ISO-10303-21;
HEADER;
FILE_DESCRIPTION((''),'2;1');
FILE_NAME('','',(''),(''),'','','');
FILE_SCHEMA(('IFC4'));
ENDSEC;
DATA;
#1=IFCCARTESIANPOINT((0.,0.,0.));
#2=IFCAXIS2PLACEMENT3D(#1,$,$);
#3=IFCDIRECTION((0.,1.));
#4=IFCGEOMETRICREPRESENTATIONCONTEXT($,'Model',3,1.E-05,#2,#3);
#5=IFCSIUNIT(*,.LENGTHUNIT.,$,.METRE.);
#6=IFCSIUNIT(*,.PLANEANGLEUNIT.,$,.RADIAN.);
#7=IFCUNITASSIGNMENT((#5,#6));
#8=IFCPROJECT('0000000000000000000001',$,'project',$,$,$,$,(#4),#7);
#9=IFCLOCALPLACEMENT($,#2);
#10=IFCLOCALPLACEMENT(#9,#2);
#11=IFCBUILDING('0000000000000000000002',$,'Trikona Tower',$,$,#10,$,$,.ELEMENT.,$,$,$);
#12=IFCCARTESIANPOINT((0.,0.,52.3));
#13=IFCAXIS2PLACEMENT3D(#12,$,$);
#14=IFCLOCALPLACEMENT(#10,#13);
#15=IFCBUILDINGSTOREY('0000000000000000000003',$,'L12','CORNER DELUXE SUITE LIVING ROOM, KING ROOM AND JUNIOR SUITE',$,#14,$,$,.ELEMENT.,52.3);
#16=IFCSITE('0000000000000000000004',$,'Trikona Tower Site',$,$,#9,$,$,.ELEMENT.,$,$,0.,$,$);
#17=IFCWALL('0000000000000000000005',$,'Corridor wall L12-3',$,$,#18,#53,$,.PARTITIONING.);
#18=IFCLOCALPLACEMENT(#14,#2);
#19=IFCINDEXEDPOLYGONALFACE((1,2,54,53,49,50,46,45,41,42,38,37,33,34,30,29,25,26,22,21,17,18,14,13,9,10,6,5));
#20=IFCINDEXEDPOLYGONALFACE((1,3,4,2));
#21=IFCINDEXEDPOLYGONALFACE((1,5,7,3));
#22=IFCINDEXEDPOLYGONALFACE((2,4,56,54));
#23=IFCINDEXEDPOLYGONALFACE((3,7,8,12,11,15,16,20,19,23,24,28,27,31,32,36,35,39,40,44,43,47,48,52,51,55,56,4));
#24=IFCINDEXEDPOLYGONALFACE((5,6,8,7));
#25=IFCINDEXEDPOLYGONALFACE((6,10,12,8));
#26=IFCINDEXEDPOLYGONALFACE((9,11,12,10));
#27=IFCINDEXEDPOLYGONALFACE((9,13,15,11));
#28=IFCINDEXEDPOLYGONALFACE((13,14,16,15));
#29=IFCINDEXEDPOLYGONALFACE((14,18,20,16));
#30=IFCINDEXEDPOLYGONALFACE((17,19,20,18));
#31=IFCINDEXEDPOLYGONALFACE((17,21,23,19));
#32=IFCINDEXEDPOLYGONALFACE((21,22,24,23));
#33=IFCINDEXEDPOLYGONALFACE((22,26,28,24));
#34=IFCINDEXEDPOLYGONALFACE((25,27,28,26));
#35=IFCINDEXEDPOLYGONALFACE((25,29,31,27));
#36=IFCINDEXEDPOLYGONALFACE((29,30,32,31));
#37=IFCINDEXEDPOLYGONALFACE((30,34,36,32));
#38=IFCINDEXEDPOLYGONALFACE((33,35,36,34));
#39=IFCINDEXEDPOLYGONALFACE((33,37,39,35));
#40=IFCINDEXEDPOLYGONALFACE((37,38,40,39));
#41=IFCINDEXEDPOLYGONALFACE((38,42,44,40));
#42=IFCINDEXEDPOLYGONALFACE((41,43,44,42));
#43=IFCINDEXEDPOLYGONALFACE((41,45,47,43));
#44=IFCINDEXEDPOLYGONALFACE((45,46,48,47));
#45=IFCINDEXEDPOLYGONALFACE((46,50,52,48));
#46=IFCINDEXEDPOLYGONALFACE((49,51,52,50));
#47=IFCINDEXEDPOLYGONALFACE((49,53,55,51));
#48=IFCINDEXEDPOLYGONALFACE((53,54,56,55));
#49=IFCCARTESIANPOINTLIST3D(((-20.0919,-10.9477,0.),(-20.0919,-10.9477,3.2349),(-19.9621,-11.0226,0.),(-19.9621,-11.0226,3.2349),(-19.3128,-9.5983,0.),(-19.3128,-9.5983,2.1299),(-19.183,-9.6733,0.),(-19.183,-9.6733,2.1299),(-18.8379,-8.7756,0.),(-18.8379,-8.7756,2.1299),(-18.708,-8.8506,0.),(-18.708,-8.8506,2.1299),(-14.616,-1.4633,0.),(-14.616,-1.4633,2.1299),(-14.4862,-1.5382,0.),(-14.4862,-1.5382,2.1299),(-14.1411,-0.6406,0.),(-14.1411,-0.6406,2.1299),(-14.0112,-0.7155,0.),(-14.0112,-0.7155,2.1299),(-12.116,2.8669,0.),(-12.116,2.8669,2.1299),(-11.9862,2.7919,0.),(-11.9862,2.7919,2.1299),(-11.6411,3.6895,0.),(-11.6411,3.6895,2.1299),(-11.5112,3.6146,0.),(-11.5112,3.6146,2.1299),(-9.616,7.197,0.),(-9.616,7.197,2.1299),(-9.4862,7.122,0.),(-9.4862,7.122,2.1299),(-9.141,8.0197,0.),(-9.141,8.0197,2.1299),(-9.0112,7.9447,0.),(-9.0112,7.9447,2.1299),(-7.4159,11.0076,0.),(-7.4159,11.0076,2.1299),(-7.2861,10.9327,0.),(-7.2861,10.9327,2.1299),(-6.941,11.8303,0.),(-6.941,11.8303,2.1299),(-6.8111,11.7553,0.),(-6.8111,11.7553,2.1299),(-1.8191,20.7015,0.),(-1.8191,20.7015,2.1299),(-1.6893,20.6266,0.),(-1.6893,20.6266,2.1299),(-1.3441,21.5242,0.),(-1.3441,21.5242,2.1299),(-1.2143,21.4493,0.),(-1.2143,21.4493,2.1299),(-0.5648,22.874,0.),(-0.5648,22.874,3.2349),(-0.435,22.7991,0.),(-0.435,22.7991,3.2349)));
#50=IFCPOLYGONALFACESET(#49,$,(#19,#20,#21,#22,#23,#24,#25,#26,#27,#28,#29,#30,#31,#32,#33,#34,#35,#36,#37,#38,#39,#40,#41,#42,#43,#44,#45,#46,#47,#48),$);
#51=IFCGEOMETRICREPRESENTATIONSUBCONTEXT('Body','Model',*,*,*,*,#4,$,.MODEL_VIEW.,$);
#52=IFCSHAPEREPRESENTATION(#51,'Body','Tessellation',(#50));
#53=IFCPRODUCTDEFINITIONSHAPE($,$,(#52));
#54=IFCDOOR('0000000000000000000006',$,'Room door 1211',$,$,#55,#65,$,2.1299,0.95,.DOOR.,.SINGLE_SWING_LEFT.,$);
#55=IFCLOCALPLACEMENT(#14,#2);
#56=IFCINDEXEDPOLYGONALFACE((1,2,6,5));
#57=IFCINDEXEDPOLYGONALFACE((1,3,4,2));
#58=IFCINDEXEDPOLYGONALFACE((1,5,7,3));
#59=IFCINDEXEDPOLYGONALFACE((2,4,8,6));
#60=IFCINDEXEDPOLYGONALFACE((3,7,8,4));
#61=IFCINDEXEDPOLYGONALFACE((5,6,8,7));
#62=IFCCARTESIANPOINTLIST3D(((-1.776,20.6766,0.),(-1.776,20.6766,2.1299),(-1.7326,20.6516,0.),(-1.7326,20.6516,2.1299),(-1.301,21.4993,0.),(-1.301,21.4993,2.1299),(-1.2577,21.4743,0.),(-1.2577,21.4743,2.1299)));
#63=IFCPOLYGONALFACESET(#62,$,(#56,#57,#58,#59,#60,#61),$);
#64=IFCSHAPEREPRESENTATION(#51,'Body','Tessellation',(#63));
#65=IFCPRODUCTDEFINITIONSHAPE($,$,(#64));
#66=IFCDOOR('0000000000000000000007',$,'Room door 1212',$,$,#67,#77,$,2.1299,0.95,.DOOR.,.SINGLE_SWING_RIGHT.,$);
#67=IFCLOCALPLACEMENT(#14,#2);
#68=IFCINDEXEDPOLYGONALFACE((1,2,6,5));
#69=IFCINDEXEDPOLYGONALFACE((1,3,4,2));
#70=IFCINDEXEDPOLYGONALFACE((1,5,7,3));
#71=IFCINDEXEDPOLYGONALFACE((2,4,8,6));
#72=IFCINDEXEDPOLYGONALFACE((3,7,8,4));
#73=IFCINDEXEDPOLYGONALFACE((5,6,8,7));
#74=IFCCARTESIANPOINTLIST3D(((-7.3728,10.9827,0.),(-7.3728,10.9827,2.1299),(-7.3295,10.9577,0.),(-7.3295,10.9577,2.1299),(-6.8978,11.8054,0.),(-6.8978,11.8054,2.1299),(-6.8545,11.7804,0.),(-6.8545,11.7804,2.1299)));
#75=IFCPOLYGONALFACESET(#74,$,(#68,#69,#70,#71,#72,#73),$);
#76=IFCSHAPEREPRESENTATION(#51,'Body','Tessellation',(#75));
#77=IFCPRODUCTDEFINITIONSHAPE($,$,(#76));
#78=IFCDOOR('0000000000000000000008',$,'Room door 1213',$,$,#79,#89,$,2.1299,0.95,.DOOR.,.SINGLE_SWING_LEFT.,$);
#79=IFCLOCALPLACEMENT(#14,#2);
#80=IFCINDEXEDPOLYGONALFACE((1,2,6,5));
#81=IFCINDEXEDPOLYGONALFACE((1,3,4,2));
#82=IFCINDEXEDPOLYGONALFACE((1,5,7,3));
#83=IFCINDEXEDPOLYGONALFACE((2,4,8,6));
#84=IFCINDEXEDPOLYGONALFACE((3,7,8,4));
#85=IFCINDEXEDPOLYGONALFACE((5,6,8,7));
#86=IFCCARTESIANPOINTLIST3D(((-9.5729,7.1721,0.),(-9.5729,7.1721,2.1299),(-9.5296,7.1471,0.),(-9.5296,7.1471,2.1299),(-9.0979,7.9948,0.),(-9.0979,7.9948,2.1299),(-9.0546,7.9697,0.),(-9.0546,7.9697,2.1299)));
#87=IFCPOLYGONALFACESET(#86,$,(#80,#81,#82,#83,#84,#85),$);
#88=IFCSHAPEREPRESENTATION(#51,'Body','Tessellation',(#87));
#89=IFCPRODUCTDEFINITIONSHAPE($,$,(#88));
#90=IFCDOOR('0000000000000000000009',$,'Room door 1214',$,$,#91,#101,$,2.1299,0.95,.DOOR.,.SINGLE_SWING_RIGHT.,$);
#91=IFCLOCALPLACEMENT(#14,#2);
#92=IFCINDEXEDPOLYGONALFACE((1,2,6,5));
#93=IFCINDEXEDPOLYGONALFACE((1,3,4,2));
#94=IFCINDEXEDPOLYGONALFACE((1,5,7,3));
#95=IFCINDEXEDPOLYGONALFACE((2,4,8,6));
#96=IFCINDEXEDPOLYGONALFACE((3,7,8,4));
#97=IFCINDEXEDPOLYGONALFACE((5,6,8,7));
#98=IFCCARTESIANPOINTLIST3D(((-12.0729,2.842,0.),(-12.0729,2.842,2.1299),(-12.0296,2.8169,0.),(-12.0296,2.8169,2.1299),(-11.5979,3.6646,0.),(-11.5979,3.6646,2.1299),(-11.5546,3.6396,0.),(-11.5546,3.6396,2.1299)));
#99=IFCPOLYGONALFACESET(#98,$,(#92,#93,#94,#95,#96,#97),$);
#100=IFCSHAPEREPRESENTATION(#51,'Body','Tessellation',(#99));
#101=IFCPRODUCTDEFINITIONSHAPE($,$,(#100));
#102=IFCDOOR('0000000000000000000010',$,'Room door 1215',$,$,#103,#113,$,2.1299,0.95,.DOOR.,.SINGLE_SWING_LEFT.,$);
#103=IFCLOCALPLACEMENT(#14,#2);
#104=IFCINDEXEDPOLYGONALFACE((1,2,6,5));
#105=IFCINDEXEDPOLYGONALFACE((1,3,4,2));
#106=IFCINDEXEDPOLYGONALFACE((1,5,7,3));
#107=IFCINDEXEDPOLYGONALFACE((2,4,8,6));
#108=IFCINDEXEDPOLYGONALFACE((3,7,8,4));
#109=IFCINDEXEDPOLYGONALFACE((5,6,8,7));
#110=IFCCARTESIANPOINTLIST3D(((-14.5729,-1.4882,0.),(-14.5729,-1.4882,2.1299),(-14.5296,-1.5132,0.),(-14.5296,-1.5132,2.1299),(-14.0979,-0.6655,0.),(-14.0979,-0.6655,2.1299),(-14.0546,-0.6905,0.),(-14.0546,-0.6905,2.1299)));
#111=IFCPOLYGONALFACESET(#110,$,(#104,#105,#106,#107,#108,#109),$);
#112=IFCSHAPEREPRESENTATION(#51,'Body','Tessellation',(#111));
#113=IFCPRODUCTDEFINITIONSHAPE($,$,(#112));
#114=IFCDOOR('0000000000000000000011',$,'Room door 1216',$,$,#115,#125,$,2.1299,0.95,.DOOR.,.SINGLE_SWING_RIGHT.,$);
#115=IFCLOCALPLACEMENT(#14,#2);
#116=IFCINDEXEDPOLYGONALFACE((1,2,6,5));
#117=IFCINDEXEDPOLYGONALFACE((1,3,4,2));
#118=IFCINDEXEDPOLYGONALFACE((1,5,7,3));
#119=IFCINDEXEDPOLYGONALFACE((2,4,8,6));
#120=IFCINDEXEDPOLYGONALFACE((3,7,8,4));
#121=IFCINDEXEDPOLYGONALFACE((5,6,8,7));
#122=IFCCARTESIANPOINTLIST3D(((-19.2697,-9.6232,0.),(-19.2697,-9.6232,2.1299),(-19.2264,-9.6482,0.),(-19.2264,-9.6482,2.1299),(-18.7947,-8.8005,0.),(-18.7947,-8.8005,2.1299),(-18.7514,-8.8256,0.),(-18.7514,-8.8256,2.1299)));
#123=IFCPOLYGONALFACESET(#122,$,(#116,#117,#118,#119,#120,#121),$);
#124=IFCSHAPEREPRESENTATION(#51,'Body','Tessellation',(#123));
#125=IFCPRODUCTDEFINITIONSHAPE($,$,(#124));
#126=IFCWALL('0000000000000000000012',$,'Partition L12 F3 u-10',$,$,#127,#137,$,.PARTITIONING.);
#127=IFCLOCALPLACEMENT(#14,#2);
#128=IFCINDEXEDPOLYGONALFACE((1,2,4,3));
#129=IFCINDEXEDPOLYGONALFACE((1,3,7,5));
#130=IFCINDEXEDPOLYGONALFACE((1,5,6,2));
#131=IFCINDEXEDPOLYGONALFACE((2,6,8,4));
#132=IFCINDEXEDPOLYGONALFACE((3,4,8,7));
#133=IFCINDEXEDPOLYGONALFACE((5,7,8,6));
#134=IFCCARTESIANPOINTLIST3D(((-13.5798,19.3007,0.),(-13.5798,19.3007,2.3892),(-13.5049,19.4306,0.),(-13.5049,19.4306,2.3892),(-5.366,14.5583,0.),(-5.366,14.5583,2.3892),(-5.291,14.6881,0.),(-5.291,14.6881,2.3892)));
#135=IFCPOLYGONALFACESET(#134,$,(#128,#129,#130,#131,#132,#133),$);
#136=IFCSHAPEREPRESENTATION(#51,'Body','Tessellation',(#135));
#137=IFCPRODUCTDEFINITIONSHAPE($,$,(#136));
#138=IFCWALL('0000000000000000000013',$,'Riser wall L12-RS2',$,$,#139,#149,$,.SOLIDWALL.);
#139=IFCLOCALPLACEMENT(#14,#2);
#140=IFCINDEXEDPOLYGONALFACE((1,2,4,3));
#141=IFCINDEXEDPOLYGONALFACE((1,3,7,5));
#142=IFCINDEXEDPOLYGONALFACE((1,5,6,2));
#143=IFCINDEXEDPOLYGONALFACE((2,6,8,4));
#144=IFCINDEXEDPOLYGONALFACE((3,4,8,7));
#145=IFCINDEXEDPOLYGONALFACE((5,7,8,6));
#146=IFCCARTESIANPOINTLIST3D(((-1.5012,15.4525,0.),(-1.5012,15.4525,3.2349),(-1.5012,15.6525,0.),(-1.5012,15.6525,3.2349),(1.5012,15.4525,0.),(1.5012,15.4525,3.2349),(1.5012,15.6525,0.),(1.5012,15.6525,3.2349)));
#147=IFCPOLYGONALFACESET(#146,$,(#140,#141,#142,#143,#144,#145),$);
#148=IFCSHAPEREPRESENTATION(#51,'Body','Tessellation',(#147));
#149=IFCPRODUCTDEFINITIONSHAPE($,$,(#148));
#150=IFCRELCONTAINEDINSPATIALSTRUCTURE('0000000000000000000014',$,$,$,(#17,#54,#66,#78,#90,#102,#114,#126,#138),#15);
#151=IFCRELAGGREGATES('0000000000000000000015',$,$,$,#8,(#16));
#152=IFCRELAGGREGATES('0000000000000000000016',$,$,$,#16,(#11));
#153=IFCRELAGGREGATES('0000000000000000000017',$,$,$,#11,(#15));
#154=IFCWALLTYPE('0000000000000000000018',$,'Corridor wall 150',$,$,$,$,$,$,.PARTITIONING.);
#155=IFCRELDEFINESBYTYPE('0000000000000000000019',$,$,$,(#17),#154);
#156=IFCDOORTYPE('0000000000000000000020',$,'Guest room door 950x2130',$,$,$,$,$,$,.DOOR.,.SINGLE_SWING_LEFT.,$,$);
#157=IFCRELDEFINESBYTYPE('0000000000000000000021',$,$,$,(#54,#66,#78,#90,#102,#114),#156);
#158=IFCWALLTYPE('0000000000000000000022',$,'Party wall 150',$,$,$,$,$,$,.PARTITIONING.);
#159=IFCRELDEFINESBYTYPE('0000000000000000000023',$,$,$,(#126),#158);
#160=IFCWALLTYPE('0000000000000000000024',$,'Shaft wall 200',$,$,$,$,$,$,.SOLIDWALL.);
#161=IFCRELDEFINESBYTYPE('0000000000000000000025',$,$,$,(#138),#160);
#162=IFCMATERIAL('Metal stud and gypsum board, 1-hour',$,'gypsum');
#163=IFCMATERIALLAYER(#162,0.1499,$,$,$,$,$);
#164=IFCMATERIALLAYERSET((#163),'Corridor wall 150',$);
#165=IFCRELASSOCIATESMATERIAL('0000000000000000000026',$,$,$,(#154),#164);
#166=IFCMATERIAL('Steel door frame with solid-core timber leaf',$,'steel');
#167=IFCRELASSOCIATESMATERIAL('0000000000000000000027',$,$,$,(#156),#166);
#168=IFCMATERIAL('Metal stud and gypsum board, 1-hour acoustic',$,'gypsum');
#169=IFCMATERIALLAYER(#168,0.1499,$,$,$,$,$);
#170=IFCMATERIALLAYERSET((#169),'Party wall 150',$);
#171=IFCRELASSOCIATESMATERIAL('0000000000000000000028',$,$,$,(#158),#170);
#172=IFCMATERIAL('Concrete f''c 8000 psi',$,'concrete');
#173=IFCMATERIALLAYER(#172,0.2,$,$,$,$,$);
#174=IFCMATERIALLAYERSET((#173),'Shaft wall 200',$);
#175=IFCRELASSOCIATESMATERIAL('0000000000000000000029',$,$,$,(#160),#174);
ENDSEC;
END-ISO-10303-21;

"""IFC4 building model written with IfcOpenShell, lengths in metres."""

from ifc_helpers import new_model, si_unit, direction, frame, frame_2d, origin, place, context, subcontext, project, spatial, rectangle, extrude, material, layer, layer_set, type_object, element, fill, save


model = new_model("IFC4")

# Units and contexts
model_context = context("Model", 3, precision=1e-05, world=origin(), true_north=direction((0.0, 1.0)))
body_context = subcontext(model_context, "Body", "Model", "MODEL_VIEW")
ifc_project = project(units=[si_unit("LENGTHUNIT", "METRE"), si_unit("PLANEANGLEUNIT", "RADIAN")], contexts=[model_context])

# Site, building, storey
site_placement = place(None, origin())
site = spatial("IfcSite", under=ifc_project, at=site_placement, Name="Trikona Tower Site", CompositionType="ELEMENT", RefElevation=0.0)
building_placement = place(site_placement, origin())
building = spatial("IfcBuilding", under=site, at=building_placement, Name="Trikona Tower", CompositionType="ELEMENT")
storey_placement = place(building_placement, frame((0.0, 0.0, 52.3)))
storey = spatial("IfcBuildingStorey", under=building, at=storey_placement, Name="L12", Description="CORNER DELUXE SUITE LIVING ROOM, KING ROOM AND JUNIOR SUITE", CompositionType="ELEMENT", Elevation=52.3)

# Wall, openings, doors
ifc_material_1 = material(Name="Metal stud and gypsum board, 1-hour", Category="gypsum")
ifc_layer_1 = layer(ifc_material_1, 0.1499)
ifc_layer_set_1 = layer_set([ifc_layer_1], Name="Corridor wall 150")
wall_type_1 = type_object("IfcWallType", Name="Corridor wall 150", PredefinedType="PARTITIONING", material=ifc_layer_set_1)
wall_1_placement = place(storey_placement, frame((-0.5, 22.8364, 0.0), z_axis=(0.0, 0.0, 1.0), x_axis=(-0.500002, -0.866024, 0.0)))
wall_1 = element("IfcWall", 1, at=wall_1_placement, inside=storey, type_object=wall_type_1, Name="Corridor wall L12-3", PredefinedType="PARTITIONING", context=body_context, shape_type="SweptSolid", body=[
    extrude(rectangle(XDim=39.054, YDim=0.1499, at=frame_2d((19.5269, 0.0))), origin(), (0.0, 0.0, 1.0), 3.2349),
])
opening_1_placement = place(wall_1_placement, frame((1.5583, 0.0, 0.0)))
opening_1 = element("IfcOpeningElement", 2, at=opening_1_placement, cuts=wall_1, PredefinedType="OPENING", context=body_context, shape_type="SweptSolid", body=[
    extrude(rectangle(XDim=0.95, YDim=2.1299, at=frame_2d((0.4751, 1.0649))), frame((0.0, 0.085, 0.0), z_axis=(0.0, -1.0, 0.0), x_axis=(1.0, 0.0, 0.0)), (0.0, 0.0, 1.0), 0.1699),
])
opening_2_placement = place(wall_1_placement, frame((12.752, 0.0, 0.0)))
opening_2 = element("IfcOpeningElement", 3, at=opening_2_placement, cuts=wall_1, PredefinedType="OPENING", context=body_context, shape_type="SweptSolid", body=[
    extrude(rectangle(XDim=0.95, YDim=2.1299, at=frame_2d((0.4751, 1.0649))), frame((0.0, 0.085, 0.0), z_axis=(0.0, -1.0, 0.0), x_axis=(1.0, 0.0, 0.0)), (0.0, 0.0, 1.0), 0.1699),
])
opening_3_placement = place(wall_1_placement, frame((17.1521, 0.0, 0.0)))
opening_3 = element("IfcOpeningElement", 4, at=opening_3_placement, cuts=wall_1, PredefinedType="OPENING", context=body_context, shape_type="SweptSolid", body=[
    extrude(rectangle(XDim=0.95, YDim=2.1299, at=frame_2d((0.4751, 1.0649))), frame((0.0, 0.085, 0.0), z_axis=(0.0, -1.0, 0.0), x_axis=(1.0, 0.0, 0.0)), (0.0, 0.0, 1.0), 0.1699),
])
opening_4_placement = place(wall_1_placement, frame((22.1521, 0.0, 0.0)))
opening_4 = element("IfcOpeningElement", 5, at=opening_4_placement, cuts=wall_1, PredefinedType="OPENING", context=body_context, shape_type="SweptSolid", body=[
    extrude(rectangle(XDim=0.95, YDim=2.1299, at=frame_2d((0.4751, 1.0649))), frame((0.0, 0.085, 0.0), z_axis=(0.0, -1.0, 0.0), x_axis=(1.0, 0.0, 0.0)), (0.0, 0.0, 1.0), 0.1699),
])
opening_5_placement = place(wall_1_placement, frame((27.1521, 0.0, 0.0)))
opening_5 = element("IfcOpeningElement", 6, at=opening_5_placement, cuts=wall_1, PredefinedType="OPENING", context=body_context, shape_type="SweptSolid", body=[
    extrude(rectangle(XDim=0.95, YDim=2.1299, at=frame_2d((0.4751, 1.0649))), frame((0.0, 0.085, 0.0), z_axis=(0.0, -1.0, 0.0), x_axis=(1.0, 0.0, 0.0)), (0.0, 0.0, 1.0), 0.1699),
])
opening_6_placement = place(wall_1_placement, frame((36.5457, 0.0, 0.0)))
opening_6 = element("IfcOpeningElement", 7, at=opening_6_placement, cuts=wall_1, PredefinedType="OPENING", context=body_context, shape_type="SweptSolid", body=[
    extrude(rectangle(XDim=0.95, YDim=2.1299, at=frame_2d((0.4751, 1.0649))), frame((0.0, 0.085, 0.0), z_axis=(0.0, -1.0, 0.0), x_axis=(1.0, 0.0, 0.0)), (0.0, 0.0, 1.0), 0.1699),
])
ifc_material_2 = material(Name="Steel door frame with solid-core timber leaf", Category="steel")
door_type_1 = type_object("IfcDoorType", Name="Guest room door 950x2130", OperationType="SINGLE_SWING_LEFT", PredefinedType="DOOR", material=ifc_material_2)
door_1_placement = place(opening_1_placement, origin())
door_1 = element("IfcDoor", 8, at=door_1_placement, inside=storey, type_object=door_type_1, Name="Room door 1211", OperationType="SINGLE_SWING_LEFT", OverallHeight=2.1299, OverallWidth=0.95, PredefinedType="DOOR", context=body_context, shape_type="SweptSolid", body=[
    extrude(rectangle(XDim=0.95, YDim=2.1299, at=frame_2d((0.4751, 1.0649))), frame((0.0, 0.0249, 0.0), z_axis=(0.0, -1.0, 0.0), x_axis=(1.0, 0.0, 0.0)), (0.0, 0.0, 1.0), 0.05),
])
fill(opening_1, door_1)
door_2_placement = place(opening_2_placement, origin())
door_2 = element("IfcDoor", 9, at=door_2_placement, inside=storey, type_object=door_type_1, Name="Room door 1212", OperationType="SINGLE_SWING_RIGHT", OverallHeight=2.1299, OverallWidth=0.95, PredefinedType="DOOR", context=body_context, shape_type="SweptSolid", body=[
    extrude(rectangle(XDim=0.95, YDim=2.1299, at=frame_2d((0.4751, 1.0649))), frame((0.0, 0.0249, 0.0), z_axis=(0.0, -1.0, 0.0), x_axis=(1.0, 0.0, 0.0)), (0.0, 0.0, 1.0), 0.05),
])
fill(opening_2, door_2)
door_3_placement = place(opening_3_placement, origin())
door_3 = element("IfcDoor", 10, at=door_3_placement, inside=storey, type_object=door_type_1, Name="Room door 1213", OperationType="SINGLE_SWING_LEFT", OverallHeight=2.1299, OverallWidth=0.95, PredefinedType="DOOR", context=body_context, shape_type="SweptSolid", body=[
    extrude(rectangle(XDim=0.95, YDim=2.1299, at=frame_2d((0.4751, 1.0649))), frame((0.0, 0.0249, 0.0), z_axis=(0.0, -1.0, 0.0), x_axis=(1.0, 0.0, 0.0)), (0.0, 0.0, 1.0), 0.05),
])
fill(opening_3, door_3)
door_4_placement = place(opening_4_placement, origin())
door_4 = element("IfcDoor", 11, at=door_4_placement, inside=storey, type_object=door_type_1, Name="Room door 1214", OperationType="SINGLE_SWING_RIGHT", OverallHeight=2.1299, OverallWidth=0.95, PredefinedType="DOOR", context=body_context, shape_type="SweptSolid", body=[
    extrude(rectangle(XDim=0.95, YDim=2.1299, at=frame_2d((0.4751, 1.0649))), frame((0.0, 0.0249, 0.0), z_axis=(0.0, -1.0, 0.0), x_axis=(1.0, 0.0, 0.0)), (0.0, 0.0, 1.0), 0.05),
])
fill(opening_4, door_4)
door_5_placement = place(opening_5_placement, origin())
door_5 = element("IfcDoor", 12, at=door_5_placement, inside=storey, type_object=door_type_1, Name="Room door 1215", OperationType="SINGLE_SWING_LEFT", OverallHeight=2.1299, OverallWidth=0.95, PredefinedType="DOOR", context=body_context, shape_type="SweptSolid", body=[
    extrude(rectangle(XDim=0.95, YDim=2.1299, at=frame_2d((0.4751, 1.0649))), frame((0.0, 0.0249, 0.0), z_axis=(0.0, -1.0, 0.0), x_axis=(1.0, 0.0, 0.0)), (0.0, 0.0, 1.0), 0.05),
])
fill(opening_5, door_5)
door_6_placement = place(opening_6_placement, origin())
door_6 = element("IfcDoor", 13, at=door_6_placement, inside=storey, type_object=door_type_1, Name="Room door 1216", OperationType="SINGLE_SWING_RIGHT", OverallHeight=2.1299, OverallWidth=0.95, PredefinedType="DOOR", context=body_context, shape_type="SweptSolid", body=[
    extrude(rectangle(XDim=0.95, YDim=2.1299, at=frame_2d((0.4751, 1.0649))), frame((0.0, 0.0249, 0.0), z_axis=(0.0, -1.0, 0.0), x_axis=(1.0, 0.0, 0.0)), (0.0, 0.0, 1.0), 0.05),
])
fill(opening_6, door_6)

# Walls
ifc_material_3 = material(Name="Metal stud and gypsum board, 1-hour acoustic", Category="gypsum")
ifc_layer_2 = layer(ifc_material_3, 0.1499)
ifc_layer_set_2 = layer_set([ifc_layer_2], Name="Party wall 150")
wall_type_2 = type_object("IfcWallType", Name="Party wall 150", PredefinedType="PARTITIONING", material=ifc_layer_set_2)
wall_2_placement = place(storey_placement, frame((-5.3286, 14.6233, 0.0), z_axis=(0.0, 0.0, 1.0), x_axis=(-0.866018, 0.500012, 0.0)))
element("IfcWall", 14, at=wall_2_placement, inside=storey, type_object=wall_type_2, Name="Partition L12 F3 u-10", PredefinedType="PARTITIONING", context=body_context, shape_type="SweptSolid", body=[
    extrude(rectangle(XDim=9.4846, YDim=0.1499, at=frame_2d((4.7422, 0.0))), origin(), (0.0, 0.0, 1.0), 2.3892),
])
ifc_material_4 = material(Name="Concrete f'c 8000 psi", Category="concrete")
ifc_layer_3 = layer(ifc_material_4, 0.2)
ifc_layer_set_3 = layer_set([ifc_layer_3], Name="Shaft wall 200")
wall_type_3 = type_object("IfcWallType", Name="Shaft wall 200", PredefinedType="SOLIDWALL", material=ifc_layer_set_3)
wall_3_placement = place(storey_placement, frame((-1.5012, 15.5525, 0.0), z_axis=(0.0, 0.0, 1.0), x_axis=(1.0, 0.0, 0.0)))
element("IfcWall", 15, at=wall_3_placement, inside=storey, type_object=wall_type_3, Name="Riser wall L12-RS2", PredefinedType="SOLIDWALL", context=body_context, shape_type="SweptSolid", body=[
    extrude(rectangle(XDim=3.0024, YDim=0.2, at=frame_2d((1.5012, 0.0))), origin(), (0.0, 0.0, 1.0), 3.2349),
])

save(model, "model.ifc")
